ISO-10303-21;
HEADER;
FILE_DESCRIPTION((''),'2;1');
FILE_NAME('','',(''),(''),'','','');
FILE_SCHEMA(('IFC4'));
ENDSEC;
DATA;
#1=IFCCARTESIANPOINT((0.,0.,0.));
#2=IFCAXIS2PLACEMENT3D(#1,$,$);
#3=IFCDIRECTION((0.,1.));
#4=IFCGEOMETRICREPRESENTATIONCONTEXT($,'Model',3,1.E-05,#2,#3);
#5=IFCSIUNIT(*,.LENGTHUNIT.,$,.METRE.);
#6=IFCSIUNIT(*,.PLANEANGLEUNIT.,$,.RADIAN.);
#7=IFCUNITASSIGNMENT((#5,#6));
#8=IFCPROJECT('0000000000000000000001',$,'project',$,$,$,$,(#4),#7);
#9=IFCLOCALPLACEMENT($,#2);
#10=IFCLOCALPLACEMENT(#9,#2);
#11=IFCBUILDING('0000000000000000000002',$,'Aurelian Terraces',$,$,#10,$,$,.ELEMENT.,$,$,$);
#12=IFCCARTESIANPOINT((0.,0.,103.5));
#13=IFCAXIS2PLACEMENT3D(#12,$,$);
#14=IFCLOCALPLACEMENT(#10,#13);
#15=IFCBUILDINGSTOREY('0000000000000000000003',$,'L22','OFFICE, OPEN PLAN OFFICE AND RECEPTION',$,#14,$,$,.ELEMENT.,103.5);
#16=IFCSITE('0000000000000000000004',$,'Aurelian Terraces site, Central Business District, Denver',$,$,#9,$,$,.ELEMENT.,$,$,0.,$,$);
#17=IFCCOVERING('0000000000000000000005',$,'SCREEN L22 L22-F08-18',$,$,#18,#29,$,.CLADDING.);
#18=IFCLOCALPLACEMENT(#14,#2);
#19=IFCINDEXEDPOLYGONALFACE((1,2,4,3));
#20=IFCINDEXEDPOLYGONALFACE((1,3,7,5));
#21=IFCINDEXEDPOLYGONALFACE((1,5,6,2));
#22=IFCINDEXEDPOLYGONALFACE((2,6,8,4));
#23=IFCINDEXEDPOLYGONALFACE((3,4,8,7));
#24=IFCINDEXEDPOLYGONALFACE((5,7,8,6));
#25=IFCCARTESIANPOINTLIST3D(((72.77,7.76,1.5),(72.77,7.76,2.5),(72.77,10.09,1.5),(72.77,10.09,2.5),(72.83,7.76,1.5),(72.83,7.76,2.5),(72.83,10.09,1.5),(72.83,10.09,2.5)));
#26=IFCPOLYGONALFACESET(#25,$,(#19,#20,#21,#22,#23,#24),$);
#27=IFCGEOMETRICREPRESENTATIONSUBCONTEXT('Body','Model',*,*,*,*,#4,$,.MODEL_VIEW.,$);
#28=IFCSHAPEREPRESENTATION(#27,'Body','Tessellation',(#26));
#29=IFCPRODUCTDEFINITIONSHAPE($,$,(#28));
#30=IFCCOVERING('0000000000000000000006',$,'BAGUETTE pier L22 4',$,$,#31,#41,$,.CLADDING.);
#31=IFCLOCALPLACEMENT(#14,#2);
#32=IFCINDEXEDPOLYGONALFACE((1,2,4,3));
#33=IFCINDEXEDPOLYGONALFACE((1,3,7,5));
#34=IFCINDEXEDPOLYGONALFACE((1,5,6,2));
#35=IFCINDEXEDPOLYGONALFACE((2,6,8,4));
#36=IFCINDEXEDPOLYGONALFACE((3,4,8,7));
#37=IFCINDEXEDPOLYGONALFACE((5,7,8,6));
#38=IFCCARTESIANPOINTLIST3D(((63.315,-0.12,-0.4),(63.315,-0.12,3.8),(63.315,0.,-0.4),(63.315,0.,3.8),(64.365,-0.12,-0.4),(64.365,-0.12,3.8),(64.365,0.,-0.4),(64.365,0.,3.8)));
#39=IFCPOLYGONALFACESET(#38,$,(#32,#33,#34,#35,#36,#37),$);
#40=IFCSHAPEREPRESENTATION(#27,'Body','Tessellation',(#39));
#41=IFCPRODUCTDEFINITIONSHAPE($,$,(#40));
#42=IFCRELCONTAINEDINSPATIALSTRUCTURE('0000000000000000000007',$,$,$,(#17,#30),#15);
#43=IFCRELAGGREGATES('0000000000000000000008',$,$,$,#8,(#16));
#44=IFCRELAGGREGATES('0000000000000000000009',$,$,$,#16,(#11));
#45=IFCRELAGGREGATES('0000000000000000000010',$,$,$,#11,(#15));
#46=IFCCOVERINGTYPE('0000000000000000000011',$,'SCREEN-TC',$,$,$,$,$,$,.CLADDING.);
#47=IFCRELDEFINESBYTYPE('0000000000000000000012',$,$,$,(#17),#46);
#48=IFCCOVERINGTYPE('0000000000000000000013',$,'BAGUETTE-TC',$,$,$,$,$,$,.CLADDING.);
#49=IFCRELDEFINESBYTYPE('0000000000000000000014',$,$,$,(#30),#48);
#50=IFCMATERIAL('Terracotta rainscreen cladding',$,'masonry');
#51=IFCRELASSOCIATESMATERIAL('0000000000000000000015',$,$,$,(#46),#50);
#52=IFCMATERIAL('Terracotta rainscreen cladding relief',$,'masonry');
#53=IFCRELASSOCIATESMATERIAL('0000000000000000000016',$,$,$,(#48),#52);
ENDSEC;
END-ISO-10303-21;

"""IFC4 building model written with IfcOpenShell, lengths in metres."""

from ifc_helpers import new_model, si_unit, direction, frame, origin, origin_2d, place, context, subcontext, project, spatial, rectangle, extrude, source, transform, mapped, material, type_object, element, save


model = new_model("IFC4")

# Units and contexts
model_context = context("Model", 3, precision=1e-05, world=origin(), true_north=direction((0.0, 1.0)))
body_context = subcontext(model_context, "Body", "Model", "MODEL_VIEW")
ifc_project = project(units=[si_unit("LENGTHUNIT", "METRE"), si_unit("PLANEANGLEUNIT", "RADIAN")], contexts=[model_context])

# Site, building, storey
site_placement = place(None, origin())
site = spatial("IfcSite", under=ifc_project, at=site_placement, Name="Aurelian Terraces site, Central Business District, Denver", CompositionType="ELEMENT", RefElevation=0.0)
building_placement = place(site_placement, origin())
building = spatial("IfcBuilding", under=site, at=building_placement, Name="Aurelian Terraces", CompositionType="ELEMENT")
storey_placement = place(building_placement, frame((0.0, 0.0, 103.5)))
storey = spatial("IfcBuildingStorey", under=building, at=storey_placement, Name="L22", Description="OFFICE, OPEN PLAN OFFICE AND RECEPTION", CompositionType="ELEMENT", Elevation=103.5)

# Shared definitions
ifc_material_1 = material(Name="Terracotta rainscreen cladding", Category="masonry")

# Shared definitions
ifc_material_2 = material(Name="Terracotta rainscreen cladding relief", Category="masonry")

# Coverings
covering_type_1 = type_object("IfcCoveringType", Name="SCREEN-TC", PredefinedType="CLADDING", material=ifc_material_1)
shared_shape_1 = source(origin(), body_context, "Body", "SweptSolid", [
    extrude(rectangle(XDim=0.06, YDim=2.33, at=origin_2d()), origin(), (0.0, 0.0, 1.0), 1.0),
])
covering_1_placement = place(storey_placement, frame((72.8, 8.925, 1.5), z_axis=(0.0, 0.0, 1.0), x_axis=(1.0, 0.0, 0.0)))
element("IfcCovering", 1, at=covering_1_placement, inside=storey, type_object=covering_type_1, Name="SCREEN L22 L22-F08-18", PredefinedType="CLADDING", context=body_context, shape_type="MappedRepresentation", body=[
    mapped(shared_shape_1, transform((0.0, 0.0, 0.0), scale=1.0)),
])
covering_type_2 = type_object("IfcCoveringType", Name="BAGUETTE-TC", PredefinedType="CLADDING", material=ifc_material_2)
shared_shape_2 = source(origin(), body_context, "Body", "SweptSolid", [
    extrude(rectangle(XDim=1.05, YDim=0.12, at=origin_2d()), origin(), (0.0, 0.0, 1.0), 4.2),
])
covering_2_placement = place(storey_placement, frame((63.84, -0.06, -0.4), z_axis=(0.0, 0.0, 1.0), x_axis=(1.0, 0.0, 0.0)))
element("IfcCovering", 2, at=covering_2_placement, inside=storey, type_object=covering_type_2, Name="BAGUETTE pier L22 4", PredefinedType="CLADDING", context=body_context, shape_type="MappedRepresentation", body=[
    mapped(shared_shape_2, transform((0.0, 0.0, 0.0), scale=1.0)),
])

save(model, "model.ifc")
